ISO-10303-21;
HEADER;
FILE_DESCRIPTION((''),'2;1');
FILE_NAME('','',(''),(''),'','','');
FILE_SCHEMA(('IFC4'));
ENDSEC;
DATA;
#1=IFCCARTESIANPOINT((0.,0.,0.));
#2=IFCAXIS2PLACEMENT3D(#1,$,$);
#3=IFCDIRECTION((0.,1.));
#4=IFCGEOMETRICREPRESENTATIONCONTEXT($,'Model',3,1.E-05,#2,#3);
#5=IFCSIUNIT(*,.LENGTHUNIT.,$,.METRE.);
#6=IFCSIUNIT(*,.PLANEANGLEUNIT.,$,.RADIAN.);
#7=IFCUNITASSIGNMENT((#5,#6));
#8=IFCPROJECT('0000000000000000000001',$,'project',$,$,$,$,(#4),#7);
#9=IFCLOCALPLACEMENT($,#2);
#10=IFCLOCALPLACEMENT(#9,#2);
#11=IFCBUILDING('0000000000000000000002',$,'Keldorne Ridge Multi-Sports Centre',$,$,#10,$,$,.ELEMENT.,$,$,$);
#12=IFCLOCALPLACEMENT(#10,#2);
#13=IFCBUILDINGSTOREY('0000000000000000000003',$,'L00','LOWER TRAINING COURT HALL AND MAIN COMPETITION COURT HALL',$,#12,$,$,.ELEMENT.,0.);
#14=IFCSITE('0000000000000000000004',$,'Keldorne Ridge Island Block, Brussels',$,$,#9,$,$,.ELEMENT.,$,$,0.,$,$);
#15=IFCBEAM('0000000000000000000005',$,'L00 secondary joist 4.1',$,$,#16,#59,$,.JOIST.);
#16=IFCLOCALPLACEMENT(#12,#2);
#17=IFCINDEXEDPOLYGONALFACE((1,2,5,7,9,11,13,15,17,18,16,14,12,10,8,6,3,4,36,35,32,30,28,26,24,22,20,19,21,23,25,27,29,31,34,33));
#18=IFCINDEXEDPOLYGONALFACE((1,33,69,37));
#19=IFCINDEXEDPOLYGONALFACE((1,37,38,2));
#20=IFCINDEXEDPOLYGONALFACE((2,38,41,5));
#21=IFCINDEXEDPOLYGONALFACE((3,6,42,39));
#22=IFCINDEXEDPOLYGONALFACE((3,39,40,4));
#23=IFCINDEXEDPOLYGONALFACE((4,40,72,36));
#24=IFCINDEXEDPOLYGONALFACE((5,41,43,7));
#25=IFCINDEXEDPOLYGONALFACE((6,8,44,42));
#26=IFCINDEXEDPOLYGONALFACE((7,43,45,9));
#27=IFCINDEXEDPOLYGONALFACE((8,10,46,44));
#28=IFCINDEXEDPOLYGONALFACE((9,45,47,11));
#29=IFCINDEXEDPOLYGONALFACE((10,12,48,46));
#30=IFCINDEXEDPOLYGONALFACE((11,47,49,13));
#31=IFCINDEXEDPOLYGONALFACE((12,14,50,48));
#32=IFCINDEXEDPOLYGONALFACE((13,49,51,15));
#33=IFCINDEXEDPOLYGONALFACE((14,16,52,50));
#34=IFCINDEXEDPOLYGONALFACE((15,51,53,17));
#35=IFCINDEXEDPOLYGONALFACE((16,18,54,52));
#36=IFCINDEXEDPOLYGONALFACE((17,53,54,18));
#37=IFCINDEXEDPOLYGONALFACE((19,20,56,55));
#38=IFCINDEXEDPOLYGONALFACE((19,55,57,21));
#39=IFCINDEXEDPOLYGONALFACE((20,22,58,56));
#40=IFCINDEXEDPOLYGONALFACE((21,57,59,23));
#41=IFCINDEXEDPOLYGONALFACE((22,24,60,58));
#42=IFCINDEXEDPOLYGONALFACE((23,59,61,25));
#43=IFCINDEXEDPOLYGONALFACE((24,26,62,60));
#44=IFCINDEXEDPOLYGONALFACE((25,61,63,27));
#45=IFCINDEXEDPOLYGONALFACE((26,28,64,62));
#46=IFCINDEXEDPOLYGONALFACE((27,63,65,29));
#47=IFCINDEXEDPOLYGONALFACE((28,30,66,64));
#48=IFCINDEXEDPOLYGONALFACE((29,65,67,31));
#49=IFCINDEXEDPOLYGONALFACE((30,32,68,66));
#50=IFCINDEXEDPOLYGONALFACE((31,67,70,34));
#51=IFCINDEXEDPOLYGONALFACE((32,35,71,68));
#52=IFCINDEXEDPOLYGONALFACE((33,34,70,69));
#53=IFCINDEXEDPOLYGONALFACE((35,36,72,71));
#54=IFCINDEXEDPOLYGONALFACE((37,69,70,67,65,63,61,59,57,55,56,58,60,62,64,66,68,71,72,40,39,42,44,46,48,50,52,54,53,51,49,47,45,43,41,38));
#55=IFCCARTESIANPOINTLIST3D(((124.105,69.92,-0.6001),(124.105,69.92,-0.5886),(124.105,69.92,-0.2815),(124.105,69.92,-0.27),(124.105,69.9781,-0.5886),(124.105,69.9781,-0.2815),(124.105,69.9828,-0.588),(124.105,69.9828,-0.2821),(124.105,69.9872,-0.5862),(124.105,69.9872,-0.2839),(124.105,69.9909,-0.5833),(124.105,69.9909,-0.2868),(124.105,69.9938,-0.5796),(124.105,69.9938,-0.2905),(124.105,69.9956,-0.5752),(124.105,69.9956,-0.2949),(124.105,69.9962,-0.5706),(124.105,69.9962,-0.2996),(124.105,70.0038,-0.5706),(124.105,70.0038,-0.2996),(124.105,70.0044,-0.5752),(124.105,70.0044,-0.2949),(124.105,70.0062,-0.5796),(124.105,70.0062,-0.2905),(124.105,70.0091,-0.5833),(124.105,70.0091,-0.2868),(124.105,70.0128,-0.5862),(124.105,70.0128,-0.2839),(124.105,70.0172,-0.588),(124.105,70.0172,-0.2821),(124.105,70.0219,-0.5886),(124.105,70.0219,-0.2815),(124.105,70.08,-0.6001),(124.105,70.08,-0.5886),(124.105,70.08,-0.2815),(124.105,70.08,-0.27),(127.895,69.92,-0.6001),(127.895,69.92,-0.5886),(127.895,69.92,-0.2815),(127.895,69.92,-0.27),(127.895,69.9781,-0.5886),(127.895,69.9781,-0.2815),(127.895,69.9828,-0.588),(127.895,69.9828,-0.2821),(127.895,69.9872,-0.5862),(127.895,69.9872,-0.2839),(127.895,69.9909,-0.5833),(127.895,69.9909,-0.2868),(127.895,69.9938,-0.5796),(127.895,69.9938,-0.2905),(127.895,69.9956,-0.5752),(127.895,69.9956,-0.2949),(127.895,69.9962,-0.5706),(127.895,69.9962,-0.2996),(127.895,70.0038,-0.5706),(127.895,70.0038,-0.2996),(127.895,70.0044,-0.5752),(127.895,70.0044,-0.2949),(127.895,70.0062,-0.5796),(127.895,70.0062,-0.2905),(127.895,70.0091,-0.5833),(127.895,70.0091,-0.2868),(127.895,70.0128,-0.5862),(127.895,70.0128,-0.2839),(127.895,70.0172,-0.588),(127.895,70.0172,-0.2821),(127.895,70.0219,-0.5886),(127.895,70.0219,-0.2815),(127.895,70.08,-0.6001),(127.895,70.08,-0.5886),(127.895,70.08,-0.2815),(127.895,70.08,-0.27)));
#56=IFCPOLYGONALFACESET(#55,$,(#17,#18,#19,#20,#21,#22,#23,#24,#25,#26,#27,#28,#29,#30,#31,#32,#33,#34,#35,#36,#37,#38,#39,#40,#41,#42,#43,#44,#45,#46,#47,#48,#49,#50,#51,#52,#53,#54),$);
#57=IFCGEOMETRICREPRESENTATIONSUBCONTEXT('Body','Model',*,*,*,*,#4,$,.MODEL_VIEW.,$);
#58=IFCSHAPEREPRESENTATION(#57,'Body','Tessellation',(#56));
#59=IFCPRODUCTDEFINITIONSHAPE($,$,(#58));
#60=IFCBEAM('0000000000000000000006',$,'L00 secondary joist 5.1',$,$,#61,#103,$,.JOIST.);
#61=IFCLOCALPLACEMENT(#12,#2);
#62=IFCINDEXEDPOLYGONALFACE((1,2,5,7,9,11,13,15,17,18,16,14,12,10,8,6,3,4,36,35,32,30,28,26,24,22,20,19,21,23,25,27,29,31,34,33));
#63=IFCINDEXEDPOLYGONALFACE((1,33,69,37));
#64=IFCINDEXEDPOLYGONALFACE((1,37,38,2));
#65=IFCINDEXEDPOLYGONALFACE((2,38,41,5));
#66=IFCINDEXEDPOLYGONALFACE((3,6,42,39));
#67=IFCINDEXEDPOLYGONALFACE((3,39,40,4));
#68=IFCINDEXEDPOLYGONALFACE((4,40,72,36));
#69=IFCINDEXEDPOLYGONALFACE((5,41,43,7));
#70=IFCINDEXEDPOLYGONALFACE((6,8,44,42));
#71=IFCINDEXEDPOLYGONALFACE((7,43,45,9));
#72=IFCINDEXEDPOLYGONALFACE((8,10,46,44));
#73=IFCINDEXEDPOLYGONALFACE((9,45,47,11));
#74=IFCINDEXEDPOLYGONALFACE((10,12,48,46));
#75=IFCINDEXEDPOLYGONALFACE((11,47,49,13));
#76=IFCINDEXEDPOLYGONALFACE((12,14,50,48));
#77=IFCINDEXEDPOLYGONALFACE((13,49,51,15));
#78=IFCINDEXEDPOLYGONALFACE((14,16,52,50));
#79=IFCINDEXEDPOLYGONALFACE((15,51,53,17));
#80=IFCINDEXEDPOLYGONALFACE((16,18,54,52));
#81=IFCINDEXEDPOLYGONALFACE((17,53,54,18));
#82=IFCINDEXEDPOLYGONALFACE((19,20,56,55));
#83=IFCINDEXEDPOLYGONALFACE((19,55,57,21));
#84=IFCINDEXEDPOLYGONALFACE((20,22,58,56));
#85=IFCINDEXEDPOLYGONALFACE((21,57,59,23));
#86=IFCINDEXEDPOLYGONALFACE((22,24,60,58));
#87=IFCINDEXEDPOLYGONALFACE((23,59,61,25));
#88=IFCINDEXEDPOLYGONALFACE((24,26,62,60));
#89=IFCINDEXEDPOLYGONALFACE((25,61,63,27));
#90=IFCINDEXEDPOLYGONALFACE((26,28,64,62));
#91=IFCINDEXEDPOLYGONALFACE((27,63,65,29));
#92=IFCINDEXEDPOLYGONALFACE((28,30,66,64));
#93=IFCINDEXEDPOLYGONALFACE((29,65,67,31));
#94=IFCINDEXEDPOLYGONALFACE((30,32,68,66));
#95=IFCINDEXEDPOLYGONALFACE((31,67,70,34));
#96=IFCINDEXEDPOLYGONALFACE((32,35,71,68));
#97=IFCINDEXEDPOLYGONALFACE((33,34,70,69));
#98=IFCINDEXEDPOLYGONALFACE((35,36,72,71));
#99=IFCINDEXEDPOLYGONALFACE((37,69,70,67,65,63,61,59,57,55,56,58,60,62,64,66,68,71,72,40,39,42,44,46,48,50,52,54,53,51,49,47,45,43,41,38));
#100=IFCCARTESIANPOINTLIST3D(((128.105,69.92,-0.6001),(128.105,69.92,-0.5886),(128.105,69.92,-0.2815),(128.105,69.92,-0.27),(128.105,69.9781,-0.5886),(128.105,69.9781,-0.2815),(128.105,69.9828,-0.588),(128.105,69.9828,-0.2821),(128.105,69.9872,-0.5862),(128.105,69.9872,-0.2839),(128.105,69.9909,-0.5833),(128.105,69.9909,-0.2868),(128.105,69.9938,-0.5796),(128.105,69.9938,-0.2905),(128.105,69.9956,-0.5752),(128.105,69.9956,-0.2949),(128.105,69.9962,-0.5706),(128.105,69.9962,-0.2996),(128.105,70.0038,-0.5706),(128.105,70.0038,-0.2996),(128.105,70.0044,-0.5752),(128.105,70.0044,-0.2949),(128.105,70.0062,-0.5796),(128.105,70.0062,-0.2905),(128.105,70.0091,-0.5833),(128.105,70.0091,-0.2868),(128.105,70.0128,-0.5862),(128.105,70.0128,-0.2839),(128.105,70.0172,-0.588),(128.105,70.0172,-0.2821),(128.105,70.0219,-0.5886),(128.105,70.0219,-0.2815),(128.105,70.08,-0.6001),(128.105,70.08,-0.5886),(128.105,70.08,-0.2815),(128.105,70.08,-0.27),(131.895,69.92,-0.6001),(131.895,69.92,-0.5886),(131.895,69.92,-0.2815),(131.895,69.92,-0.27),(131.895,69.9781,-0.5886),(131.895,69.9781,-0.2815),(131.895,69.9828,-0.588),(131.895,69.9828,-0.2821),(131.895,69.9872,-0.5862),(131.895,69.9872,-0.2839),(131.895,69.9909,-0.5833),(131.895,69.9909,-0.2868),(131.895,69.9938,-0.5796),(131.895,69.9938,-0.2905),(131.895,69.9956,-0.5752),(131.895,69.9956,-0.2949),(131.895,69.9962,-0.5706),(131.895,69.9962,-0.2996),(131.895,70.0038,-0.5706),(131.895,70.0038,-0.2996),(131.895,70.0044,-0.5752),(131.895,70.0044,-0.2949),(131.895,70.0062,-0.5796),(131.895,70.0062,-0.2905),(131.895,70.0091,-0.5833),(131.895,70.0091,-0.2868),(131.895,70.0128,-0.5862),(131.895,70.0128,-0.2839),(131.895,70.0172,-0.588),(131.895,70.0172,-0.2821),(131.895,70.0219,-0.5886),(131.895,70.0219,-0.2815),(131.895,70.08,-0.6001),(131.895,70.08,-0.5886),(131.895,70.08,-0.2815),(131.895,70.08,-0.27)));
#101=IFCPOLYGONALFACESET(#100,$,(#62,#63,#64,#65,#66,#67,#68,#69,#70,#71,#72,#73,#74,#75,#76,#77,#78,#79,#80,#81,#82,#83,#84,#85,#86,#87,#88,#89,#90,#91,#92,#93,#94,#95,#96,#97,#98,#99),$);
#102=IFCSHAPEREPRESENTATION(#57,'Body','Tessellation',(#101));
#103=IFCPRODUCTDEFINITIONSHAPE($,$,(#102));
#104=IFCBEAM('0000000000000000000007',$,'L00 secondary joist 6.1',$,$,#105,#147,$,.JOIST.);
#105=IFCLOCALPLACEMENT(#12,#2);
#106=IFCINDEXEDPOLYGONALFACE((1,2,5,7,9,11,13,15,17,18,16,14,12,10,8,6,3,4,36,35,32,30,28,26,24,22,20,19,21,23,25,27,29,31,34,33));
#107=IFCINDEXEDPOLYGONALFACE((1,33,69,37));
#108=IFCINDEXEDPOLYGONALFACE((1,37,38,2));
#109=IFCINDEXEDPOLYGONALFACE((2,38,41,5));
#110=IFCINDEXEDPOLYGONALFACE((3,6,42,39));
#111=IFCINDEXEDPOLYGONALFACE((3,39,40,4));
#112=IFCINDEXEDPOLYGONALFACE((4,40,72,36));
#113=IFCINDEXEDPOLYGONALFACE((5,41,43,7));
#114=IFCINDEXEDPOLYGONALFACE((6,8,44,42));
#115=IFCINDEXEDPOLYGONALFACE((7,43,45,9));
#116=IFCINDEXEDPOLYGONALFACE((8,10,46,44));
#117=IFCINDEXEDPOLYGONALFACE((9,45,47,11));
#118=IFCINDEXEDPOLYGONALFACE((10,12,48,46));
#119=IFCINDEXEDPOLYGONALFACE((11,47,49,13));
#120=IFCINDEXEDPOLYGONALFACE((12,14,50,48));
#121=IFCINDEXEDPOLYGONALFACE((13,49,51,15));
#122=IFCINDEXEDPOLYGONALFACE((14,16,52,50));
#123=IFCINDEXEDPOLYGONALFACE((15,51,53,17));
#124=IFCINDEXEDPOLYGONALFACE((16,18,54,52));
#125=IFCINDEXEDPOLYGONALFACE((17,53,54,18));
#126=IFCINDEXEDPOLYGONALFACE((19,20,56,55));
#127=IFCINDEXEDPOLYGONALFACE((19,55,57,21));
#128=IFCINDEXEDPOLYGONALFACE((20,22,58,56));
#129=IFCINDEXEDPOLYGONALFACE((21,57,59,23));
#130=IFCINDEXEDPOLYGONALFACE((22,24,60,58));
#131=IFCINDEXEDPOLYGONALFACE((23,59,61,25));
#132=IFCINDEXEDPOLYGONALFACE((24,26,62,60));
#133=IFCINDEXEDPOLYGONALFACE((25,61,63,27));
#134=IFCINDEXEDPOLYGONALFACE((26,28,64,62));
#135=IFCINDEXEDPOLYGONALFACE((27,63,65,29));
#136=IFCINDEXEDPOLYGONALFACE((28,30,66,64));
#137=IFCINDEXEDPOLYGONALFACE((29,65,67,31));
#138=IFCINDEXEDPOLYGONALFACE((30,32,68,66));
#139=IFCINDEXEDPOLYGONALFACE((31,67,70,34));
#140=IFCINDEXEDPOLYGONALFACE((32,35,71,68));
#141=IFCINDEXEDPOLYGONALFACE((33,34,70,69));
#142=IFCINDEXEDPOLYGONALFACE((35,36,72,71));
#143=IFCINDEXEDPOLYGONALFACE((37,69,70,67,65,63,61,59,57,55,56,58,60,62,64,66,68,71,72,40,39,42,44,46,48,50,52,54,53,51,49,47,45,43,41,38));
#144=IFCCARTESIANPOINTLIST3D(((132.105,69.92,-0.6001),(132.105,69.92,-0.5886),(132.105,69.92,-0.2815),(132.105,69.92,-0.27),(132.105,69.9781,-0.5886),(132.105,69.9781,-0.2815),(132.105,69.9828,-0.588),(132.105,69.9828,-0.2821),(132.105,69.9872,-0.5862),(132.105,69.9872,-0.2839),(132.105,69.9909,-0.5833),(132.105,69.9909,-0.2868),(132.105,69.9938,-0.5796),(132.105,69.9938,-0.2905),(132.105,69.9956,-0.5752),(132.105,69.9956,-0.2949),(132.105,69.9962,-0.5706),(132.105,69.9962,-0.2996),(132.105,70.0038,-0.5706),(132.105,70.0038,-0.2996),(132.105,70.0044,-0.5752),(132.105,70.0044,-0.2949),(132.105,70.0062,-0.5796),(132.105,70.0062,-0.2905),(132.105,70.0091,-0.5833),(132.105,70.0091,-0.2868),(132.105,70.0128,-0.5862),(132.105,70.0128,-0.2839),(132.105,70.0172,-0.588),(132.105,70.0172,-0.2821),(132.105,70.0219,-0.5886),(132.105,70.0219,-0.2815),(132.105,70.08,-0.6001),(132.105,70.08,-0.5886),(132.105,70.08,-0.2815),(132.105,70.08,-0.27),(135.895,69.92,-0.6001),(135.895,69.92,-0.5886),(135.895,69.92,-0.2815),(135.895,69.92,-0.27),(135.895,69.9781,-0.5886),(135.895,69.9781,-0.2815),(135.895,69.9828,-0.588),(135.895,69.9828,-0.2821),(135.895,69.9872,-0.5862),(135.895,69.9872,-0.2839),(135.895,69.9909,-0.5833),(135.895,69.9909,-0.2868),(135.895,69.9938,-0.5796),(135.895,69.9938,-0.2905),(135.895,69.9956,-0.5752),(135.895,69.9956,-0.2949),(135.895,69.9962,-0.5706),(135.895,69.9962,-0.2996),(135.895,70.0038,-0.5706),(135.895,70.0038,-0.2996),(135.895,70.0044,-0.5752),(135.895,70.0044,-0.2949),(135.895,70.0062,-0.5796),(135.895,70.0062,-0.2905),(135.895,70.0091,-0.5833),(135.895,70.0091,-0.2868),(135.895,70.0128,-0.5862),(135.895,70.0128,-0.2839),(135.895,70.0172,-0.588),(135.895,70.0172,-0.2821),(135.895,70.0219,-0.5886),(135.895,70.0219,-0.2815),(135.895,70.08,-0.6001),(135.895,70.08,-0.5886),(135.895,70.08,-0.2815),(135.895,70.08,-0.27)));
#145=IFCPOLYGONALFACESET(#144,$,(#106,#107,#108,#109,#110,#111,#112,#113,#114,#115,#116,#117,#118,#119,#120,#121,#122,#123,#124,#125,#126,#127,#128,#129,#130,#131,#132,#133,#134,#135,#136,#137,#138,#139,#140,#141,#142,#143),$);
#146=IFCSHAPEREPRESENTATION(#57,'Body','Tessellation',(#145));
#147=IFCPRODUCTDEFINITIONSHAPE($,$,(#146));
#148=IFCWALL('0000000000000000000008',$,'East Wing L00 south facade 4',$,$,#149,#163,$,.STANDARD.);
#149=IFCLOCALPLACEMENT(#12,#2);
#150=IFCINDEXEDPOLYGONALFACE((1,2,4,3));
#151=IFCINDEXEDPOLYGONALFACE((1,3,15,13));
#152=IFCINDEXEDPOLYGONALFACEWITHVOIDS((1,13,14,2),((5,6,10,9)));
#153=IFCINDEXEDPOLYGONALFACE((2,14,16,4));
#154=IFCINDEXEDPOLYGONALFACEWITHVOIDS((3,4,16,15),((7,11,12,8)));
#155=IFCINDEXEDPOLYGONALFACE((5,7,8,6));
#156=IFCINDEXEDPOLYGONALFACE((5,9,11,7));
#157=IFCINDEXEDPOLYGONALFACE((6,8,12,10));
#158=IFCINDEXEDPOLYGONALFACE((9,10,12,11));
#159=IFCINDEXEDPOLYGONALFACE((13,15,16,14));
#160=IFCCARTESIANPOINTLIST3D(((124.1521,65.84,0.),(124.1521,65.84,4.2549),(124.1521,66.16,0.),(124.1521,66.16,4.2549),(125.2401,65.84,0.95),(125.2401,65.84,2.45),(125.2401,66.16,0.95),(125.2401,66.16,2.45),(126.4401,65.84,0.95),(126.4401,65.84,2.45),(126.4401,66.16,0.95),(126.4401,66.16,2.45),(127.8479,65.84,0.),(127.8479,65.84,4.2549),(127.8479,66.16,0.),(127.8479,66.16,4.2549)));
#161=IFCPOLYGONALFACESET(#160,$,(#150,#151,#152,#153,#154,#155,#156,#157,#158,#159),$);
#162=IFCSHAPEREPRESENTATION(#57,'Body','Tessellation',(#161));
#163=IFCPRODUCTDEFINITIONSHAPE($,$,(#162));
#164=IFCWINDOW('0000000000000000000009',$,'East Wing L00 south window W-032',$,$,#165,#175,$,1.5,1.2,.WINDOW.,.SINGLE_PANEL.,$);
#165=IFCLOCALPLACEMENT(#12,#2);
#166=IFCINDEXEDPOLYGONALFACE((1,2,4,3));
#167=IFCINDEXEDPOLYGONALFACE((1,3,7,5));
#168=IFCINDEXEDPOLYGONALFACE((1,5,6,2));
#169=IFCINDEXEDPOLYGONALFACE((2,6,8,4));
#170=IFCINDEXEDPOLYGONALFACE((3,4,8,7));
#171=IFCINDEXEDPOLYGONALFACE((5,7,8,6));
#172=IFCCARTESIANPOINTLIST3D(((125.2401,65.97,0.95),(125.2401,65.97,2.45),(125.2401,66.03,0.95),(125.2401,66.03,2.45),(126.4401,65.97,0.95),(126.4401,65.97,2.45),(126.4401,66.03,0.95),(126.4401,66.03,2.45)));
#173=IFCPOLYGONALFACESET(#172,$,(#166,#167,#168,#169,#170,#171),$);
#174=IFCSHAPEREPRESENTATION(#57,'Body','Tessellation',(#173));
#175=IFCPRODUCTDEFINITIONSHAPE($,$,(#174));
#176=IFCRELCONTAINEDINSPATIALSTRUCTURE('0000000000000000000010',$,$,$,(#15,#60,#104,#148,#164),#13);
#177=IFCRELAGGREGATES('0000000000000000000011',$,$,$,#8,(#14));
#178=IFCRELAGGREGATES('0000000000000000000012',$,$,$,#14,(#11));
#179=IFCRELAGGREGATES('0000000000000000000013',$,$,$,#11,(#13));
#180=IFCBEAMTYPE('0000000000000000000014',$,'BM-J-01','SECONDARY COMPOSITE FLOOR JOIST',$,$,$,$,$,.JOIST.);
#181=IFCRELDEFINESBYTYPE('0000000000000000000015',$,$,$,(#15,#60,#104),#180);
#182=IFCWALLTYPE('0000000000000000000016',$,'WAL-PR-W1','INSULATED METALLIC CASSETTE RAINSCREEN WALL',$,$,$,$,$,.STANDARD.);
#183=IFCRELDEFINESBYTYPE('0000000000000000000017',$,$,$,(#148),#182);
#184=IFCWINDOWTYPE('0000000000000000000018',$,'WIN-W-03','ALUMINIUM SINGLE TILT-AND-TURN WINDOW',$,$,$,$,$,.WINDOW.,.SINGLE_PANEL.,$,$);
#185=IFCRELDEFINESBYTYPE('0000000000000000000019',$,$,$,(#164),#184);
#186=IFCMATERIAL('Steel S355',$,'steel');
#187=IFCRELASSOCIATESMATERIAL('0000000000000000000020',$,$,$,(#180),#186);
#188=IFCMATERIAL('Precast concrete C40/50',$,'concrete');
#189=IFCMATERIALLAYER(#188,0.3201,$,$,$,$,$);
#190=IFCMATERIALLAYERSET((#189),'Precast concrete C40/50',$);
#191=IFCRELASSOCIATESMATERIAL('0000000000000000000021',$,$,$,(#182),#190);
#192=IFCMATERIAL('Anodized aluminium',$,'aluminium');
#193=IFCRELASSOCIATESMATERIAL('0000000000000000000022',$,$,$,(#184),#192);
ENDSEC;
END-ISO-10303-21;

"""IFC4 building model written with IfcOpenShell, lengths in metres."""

from ifc_helpers import new_model, si_unit, direction, frame, frame_2d, origin, origin_2d, place, context, subcontext, project, spatial, rectangle, i_section, extrude, material, layer, layer_set, material_profile, profile_set, type_object, element, fill, save


model = new_model("IFC4")

# Units and contexts
model_context = context("Model", 3, precision=1e-05, world=origin(), true_north=direction((0.0, 1.0)))
body_context = subcontext(model_context, "Body", "Model", "MODEL_VIEW")
ifc_project = project(units=[si_unit("LENGTHUNIT", "METRE"), si_unit("PLANEANGLEUNIT", "RADIAN")], contexts=[model_context])

# Site, building, storey
site_placement = place(None, origin())
site = spatial("IfcSite", under=ifc_project, at=site_placement, Name="Keldorne Ridge Island Block, Brussels", CompositionType="ELEMENT", RefElevation=0.0)
building_placement = place(site_placement, origin())
building = spatial("IfcBuilding", under=site, at=building_placement, Name="Keldorne Ridge Multi-Sports Centre", CompositionType="ELEMENT")
storey_placement = place(building_placement, origin())
storey = spatial("IfcBuildingStorey", under=building, at=storey_placement, Name="L00", Description="LOWER TRAINING COURT HALL AND MAIN COMPETITION COURT HALL", CompositionType="ELEMENT", Elevation=0.0)

# Shared definitions
ifc_material_1 = material(Name="Steel S355", Category="steel")

# Beams
ifc_material_profile_1 = material_profile(ifc_material_1, i_section(OverallWidth=0.1599, OverallDepth=0.3301, WebThickness=0.0076, FlangeThickness=0.0115, FilletRadius=0.0181, at=origin_2d()), Name="IPE 330")
ifc_profile_set_1 = profile_set([ifc_material_profile_1], Name="Steel S355")
beam_type_1 = type_object("IfcBeamType", Name="BM-J-01", Description="SECONDARY COMPOSITE FLOOR JOIST", PredefinedType="JOIST", material=ifc_profile_set_1)
for number, where, z_axis, x_axis, name in (
    (1, (124.105, 70.0, -0.4351), (1.0, 0.0, 0.0), (0.0, 1.0, 0.0), "L00 secondary joist 4.1"),
    (2, (128.105, 70.0, -0.4351), (1.0, 0.0, 0.0), (0.0, 1.0, 0.0), "L00 secondary joist 5.1"),
    (3, (132.105, 70.0, -0.4351), (1.0, 0.0, 0.0), (0.0, 1.0, 0.0), "L00 secondary joist 6.1"),
):
    element("IfcBeam", number, at=place(storey_placement, frame(where, z_axis=z_axis, x_axis=x_axis)), inside=storey, type_object=beam_type_1, Name=name, PredefinedType="JOIST", context=body_context, shape_type="SweptSolid", body=[
        extrude(i_section(OverallWidth=0.1599, OverallDepth=0.3301, WebThickness=0.0076, FlangeThickness=0.0115, FilletRadius=0.0181, at=origin_2d()), origin(), (0.0, 0.0, 1.0), 3.79),
    ])

# Wall, opening, window
ifc_material_2 = material(Name="Precast concrete C40/50", Category="concrete")
ifc_layer = layer(ifc_material_2, 0.3201)
ifc_layer_set = layer_set([ifc_layer], Name="Precast concrete C40/50")
wall_type = type_object("IfcWallType", Name="WAL-PR-W1", Description="INSULATED METALLIC CASSETTE RAINSCREEN WALL", PredefinedType="STANDARD", material=ifc_layer_set)
wall_1_placement = place(storey_placement, frame((124.1521, 66.0, 0.0), z_axis=(0.0, 0.0, 1.0), x_axis=(1.0, 0.0, 0.0)))
wall_1 = element("IfcWall", 4, at=wall_1_placement, inside=storey, type_object=wall_type, Name="East Wing L00 south facade 4", PredefinedType="STANDARD", context=body_context, shape_type="SweptSolid", body=[
    extrude(rectangle(XDim=3.6958, YDim=0.3201, at=frame_2d((1.8479, 0.0))), origin(), (0.0, 0.0, 1.0), 4.2549),
])
opening_1_placement = place(wall_1_placement, frame((1.0879, 0.0, 0.95)))
opening_1 = element("IfcOpeningElement", 5, at=opening_1_placement, cuts=wall_1, PredefinedType="OPENING", context=body_context, shape_type="SweptSolid", body=[
    extrude(rectangle(XDim=1.2, YDim=1.5, at=frame_2d((0.6001, 0.75))), frame((0.0, 0.1699, 0.0), z_axis=(0.0, -1.0, 0.0), x_axis=(1.0, 0.0, 0.0)), (0.0, 0.0, 1.0), 0.3401),
])
ifc_material_3 = material(Name="Anodized aluminium", Category="aluminium")
window_type = type_object("IfcWindowType", Name="WIN-W-03", Description="ALUMINIUM SINGLE TILT-AND-TURN WINDOW", PartitioningType="SINGLE_PANEL", PredefinedType="WINDOW", material=ifc_material_3)
window_1_placement = place(opening_1_placement, origin())
window_1 = element("IfcWindow", 6, at=window_1_placement, inside=storey, type_object=window_type, Name="East Wing L00 south window W-032", OverallHeight=1.5, OverallWidth=1.2, PartitioningType="SINGLE_PANEL", PredefinedType="WINDOW", context=body_context, shape_type="SweptSolid", body=[
    extrude(rectangle(XDim=1.2, YDim=1.5, at=frame_2d((0.6001, 0.75))), frame((0.0, 0.03, 0.0), z_axis=(0.0, -1.0, 0.0), x_axis=(1.0, 0.0, 0.0)), (0.0, 0.0, 1.0), 0.0601),
])
fill(opening_1, window_1)

save(model, "model.ifc")
